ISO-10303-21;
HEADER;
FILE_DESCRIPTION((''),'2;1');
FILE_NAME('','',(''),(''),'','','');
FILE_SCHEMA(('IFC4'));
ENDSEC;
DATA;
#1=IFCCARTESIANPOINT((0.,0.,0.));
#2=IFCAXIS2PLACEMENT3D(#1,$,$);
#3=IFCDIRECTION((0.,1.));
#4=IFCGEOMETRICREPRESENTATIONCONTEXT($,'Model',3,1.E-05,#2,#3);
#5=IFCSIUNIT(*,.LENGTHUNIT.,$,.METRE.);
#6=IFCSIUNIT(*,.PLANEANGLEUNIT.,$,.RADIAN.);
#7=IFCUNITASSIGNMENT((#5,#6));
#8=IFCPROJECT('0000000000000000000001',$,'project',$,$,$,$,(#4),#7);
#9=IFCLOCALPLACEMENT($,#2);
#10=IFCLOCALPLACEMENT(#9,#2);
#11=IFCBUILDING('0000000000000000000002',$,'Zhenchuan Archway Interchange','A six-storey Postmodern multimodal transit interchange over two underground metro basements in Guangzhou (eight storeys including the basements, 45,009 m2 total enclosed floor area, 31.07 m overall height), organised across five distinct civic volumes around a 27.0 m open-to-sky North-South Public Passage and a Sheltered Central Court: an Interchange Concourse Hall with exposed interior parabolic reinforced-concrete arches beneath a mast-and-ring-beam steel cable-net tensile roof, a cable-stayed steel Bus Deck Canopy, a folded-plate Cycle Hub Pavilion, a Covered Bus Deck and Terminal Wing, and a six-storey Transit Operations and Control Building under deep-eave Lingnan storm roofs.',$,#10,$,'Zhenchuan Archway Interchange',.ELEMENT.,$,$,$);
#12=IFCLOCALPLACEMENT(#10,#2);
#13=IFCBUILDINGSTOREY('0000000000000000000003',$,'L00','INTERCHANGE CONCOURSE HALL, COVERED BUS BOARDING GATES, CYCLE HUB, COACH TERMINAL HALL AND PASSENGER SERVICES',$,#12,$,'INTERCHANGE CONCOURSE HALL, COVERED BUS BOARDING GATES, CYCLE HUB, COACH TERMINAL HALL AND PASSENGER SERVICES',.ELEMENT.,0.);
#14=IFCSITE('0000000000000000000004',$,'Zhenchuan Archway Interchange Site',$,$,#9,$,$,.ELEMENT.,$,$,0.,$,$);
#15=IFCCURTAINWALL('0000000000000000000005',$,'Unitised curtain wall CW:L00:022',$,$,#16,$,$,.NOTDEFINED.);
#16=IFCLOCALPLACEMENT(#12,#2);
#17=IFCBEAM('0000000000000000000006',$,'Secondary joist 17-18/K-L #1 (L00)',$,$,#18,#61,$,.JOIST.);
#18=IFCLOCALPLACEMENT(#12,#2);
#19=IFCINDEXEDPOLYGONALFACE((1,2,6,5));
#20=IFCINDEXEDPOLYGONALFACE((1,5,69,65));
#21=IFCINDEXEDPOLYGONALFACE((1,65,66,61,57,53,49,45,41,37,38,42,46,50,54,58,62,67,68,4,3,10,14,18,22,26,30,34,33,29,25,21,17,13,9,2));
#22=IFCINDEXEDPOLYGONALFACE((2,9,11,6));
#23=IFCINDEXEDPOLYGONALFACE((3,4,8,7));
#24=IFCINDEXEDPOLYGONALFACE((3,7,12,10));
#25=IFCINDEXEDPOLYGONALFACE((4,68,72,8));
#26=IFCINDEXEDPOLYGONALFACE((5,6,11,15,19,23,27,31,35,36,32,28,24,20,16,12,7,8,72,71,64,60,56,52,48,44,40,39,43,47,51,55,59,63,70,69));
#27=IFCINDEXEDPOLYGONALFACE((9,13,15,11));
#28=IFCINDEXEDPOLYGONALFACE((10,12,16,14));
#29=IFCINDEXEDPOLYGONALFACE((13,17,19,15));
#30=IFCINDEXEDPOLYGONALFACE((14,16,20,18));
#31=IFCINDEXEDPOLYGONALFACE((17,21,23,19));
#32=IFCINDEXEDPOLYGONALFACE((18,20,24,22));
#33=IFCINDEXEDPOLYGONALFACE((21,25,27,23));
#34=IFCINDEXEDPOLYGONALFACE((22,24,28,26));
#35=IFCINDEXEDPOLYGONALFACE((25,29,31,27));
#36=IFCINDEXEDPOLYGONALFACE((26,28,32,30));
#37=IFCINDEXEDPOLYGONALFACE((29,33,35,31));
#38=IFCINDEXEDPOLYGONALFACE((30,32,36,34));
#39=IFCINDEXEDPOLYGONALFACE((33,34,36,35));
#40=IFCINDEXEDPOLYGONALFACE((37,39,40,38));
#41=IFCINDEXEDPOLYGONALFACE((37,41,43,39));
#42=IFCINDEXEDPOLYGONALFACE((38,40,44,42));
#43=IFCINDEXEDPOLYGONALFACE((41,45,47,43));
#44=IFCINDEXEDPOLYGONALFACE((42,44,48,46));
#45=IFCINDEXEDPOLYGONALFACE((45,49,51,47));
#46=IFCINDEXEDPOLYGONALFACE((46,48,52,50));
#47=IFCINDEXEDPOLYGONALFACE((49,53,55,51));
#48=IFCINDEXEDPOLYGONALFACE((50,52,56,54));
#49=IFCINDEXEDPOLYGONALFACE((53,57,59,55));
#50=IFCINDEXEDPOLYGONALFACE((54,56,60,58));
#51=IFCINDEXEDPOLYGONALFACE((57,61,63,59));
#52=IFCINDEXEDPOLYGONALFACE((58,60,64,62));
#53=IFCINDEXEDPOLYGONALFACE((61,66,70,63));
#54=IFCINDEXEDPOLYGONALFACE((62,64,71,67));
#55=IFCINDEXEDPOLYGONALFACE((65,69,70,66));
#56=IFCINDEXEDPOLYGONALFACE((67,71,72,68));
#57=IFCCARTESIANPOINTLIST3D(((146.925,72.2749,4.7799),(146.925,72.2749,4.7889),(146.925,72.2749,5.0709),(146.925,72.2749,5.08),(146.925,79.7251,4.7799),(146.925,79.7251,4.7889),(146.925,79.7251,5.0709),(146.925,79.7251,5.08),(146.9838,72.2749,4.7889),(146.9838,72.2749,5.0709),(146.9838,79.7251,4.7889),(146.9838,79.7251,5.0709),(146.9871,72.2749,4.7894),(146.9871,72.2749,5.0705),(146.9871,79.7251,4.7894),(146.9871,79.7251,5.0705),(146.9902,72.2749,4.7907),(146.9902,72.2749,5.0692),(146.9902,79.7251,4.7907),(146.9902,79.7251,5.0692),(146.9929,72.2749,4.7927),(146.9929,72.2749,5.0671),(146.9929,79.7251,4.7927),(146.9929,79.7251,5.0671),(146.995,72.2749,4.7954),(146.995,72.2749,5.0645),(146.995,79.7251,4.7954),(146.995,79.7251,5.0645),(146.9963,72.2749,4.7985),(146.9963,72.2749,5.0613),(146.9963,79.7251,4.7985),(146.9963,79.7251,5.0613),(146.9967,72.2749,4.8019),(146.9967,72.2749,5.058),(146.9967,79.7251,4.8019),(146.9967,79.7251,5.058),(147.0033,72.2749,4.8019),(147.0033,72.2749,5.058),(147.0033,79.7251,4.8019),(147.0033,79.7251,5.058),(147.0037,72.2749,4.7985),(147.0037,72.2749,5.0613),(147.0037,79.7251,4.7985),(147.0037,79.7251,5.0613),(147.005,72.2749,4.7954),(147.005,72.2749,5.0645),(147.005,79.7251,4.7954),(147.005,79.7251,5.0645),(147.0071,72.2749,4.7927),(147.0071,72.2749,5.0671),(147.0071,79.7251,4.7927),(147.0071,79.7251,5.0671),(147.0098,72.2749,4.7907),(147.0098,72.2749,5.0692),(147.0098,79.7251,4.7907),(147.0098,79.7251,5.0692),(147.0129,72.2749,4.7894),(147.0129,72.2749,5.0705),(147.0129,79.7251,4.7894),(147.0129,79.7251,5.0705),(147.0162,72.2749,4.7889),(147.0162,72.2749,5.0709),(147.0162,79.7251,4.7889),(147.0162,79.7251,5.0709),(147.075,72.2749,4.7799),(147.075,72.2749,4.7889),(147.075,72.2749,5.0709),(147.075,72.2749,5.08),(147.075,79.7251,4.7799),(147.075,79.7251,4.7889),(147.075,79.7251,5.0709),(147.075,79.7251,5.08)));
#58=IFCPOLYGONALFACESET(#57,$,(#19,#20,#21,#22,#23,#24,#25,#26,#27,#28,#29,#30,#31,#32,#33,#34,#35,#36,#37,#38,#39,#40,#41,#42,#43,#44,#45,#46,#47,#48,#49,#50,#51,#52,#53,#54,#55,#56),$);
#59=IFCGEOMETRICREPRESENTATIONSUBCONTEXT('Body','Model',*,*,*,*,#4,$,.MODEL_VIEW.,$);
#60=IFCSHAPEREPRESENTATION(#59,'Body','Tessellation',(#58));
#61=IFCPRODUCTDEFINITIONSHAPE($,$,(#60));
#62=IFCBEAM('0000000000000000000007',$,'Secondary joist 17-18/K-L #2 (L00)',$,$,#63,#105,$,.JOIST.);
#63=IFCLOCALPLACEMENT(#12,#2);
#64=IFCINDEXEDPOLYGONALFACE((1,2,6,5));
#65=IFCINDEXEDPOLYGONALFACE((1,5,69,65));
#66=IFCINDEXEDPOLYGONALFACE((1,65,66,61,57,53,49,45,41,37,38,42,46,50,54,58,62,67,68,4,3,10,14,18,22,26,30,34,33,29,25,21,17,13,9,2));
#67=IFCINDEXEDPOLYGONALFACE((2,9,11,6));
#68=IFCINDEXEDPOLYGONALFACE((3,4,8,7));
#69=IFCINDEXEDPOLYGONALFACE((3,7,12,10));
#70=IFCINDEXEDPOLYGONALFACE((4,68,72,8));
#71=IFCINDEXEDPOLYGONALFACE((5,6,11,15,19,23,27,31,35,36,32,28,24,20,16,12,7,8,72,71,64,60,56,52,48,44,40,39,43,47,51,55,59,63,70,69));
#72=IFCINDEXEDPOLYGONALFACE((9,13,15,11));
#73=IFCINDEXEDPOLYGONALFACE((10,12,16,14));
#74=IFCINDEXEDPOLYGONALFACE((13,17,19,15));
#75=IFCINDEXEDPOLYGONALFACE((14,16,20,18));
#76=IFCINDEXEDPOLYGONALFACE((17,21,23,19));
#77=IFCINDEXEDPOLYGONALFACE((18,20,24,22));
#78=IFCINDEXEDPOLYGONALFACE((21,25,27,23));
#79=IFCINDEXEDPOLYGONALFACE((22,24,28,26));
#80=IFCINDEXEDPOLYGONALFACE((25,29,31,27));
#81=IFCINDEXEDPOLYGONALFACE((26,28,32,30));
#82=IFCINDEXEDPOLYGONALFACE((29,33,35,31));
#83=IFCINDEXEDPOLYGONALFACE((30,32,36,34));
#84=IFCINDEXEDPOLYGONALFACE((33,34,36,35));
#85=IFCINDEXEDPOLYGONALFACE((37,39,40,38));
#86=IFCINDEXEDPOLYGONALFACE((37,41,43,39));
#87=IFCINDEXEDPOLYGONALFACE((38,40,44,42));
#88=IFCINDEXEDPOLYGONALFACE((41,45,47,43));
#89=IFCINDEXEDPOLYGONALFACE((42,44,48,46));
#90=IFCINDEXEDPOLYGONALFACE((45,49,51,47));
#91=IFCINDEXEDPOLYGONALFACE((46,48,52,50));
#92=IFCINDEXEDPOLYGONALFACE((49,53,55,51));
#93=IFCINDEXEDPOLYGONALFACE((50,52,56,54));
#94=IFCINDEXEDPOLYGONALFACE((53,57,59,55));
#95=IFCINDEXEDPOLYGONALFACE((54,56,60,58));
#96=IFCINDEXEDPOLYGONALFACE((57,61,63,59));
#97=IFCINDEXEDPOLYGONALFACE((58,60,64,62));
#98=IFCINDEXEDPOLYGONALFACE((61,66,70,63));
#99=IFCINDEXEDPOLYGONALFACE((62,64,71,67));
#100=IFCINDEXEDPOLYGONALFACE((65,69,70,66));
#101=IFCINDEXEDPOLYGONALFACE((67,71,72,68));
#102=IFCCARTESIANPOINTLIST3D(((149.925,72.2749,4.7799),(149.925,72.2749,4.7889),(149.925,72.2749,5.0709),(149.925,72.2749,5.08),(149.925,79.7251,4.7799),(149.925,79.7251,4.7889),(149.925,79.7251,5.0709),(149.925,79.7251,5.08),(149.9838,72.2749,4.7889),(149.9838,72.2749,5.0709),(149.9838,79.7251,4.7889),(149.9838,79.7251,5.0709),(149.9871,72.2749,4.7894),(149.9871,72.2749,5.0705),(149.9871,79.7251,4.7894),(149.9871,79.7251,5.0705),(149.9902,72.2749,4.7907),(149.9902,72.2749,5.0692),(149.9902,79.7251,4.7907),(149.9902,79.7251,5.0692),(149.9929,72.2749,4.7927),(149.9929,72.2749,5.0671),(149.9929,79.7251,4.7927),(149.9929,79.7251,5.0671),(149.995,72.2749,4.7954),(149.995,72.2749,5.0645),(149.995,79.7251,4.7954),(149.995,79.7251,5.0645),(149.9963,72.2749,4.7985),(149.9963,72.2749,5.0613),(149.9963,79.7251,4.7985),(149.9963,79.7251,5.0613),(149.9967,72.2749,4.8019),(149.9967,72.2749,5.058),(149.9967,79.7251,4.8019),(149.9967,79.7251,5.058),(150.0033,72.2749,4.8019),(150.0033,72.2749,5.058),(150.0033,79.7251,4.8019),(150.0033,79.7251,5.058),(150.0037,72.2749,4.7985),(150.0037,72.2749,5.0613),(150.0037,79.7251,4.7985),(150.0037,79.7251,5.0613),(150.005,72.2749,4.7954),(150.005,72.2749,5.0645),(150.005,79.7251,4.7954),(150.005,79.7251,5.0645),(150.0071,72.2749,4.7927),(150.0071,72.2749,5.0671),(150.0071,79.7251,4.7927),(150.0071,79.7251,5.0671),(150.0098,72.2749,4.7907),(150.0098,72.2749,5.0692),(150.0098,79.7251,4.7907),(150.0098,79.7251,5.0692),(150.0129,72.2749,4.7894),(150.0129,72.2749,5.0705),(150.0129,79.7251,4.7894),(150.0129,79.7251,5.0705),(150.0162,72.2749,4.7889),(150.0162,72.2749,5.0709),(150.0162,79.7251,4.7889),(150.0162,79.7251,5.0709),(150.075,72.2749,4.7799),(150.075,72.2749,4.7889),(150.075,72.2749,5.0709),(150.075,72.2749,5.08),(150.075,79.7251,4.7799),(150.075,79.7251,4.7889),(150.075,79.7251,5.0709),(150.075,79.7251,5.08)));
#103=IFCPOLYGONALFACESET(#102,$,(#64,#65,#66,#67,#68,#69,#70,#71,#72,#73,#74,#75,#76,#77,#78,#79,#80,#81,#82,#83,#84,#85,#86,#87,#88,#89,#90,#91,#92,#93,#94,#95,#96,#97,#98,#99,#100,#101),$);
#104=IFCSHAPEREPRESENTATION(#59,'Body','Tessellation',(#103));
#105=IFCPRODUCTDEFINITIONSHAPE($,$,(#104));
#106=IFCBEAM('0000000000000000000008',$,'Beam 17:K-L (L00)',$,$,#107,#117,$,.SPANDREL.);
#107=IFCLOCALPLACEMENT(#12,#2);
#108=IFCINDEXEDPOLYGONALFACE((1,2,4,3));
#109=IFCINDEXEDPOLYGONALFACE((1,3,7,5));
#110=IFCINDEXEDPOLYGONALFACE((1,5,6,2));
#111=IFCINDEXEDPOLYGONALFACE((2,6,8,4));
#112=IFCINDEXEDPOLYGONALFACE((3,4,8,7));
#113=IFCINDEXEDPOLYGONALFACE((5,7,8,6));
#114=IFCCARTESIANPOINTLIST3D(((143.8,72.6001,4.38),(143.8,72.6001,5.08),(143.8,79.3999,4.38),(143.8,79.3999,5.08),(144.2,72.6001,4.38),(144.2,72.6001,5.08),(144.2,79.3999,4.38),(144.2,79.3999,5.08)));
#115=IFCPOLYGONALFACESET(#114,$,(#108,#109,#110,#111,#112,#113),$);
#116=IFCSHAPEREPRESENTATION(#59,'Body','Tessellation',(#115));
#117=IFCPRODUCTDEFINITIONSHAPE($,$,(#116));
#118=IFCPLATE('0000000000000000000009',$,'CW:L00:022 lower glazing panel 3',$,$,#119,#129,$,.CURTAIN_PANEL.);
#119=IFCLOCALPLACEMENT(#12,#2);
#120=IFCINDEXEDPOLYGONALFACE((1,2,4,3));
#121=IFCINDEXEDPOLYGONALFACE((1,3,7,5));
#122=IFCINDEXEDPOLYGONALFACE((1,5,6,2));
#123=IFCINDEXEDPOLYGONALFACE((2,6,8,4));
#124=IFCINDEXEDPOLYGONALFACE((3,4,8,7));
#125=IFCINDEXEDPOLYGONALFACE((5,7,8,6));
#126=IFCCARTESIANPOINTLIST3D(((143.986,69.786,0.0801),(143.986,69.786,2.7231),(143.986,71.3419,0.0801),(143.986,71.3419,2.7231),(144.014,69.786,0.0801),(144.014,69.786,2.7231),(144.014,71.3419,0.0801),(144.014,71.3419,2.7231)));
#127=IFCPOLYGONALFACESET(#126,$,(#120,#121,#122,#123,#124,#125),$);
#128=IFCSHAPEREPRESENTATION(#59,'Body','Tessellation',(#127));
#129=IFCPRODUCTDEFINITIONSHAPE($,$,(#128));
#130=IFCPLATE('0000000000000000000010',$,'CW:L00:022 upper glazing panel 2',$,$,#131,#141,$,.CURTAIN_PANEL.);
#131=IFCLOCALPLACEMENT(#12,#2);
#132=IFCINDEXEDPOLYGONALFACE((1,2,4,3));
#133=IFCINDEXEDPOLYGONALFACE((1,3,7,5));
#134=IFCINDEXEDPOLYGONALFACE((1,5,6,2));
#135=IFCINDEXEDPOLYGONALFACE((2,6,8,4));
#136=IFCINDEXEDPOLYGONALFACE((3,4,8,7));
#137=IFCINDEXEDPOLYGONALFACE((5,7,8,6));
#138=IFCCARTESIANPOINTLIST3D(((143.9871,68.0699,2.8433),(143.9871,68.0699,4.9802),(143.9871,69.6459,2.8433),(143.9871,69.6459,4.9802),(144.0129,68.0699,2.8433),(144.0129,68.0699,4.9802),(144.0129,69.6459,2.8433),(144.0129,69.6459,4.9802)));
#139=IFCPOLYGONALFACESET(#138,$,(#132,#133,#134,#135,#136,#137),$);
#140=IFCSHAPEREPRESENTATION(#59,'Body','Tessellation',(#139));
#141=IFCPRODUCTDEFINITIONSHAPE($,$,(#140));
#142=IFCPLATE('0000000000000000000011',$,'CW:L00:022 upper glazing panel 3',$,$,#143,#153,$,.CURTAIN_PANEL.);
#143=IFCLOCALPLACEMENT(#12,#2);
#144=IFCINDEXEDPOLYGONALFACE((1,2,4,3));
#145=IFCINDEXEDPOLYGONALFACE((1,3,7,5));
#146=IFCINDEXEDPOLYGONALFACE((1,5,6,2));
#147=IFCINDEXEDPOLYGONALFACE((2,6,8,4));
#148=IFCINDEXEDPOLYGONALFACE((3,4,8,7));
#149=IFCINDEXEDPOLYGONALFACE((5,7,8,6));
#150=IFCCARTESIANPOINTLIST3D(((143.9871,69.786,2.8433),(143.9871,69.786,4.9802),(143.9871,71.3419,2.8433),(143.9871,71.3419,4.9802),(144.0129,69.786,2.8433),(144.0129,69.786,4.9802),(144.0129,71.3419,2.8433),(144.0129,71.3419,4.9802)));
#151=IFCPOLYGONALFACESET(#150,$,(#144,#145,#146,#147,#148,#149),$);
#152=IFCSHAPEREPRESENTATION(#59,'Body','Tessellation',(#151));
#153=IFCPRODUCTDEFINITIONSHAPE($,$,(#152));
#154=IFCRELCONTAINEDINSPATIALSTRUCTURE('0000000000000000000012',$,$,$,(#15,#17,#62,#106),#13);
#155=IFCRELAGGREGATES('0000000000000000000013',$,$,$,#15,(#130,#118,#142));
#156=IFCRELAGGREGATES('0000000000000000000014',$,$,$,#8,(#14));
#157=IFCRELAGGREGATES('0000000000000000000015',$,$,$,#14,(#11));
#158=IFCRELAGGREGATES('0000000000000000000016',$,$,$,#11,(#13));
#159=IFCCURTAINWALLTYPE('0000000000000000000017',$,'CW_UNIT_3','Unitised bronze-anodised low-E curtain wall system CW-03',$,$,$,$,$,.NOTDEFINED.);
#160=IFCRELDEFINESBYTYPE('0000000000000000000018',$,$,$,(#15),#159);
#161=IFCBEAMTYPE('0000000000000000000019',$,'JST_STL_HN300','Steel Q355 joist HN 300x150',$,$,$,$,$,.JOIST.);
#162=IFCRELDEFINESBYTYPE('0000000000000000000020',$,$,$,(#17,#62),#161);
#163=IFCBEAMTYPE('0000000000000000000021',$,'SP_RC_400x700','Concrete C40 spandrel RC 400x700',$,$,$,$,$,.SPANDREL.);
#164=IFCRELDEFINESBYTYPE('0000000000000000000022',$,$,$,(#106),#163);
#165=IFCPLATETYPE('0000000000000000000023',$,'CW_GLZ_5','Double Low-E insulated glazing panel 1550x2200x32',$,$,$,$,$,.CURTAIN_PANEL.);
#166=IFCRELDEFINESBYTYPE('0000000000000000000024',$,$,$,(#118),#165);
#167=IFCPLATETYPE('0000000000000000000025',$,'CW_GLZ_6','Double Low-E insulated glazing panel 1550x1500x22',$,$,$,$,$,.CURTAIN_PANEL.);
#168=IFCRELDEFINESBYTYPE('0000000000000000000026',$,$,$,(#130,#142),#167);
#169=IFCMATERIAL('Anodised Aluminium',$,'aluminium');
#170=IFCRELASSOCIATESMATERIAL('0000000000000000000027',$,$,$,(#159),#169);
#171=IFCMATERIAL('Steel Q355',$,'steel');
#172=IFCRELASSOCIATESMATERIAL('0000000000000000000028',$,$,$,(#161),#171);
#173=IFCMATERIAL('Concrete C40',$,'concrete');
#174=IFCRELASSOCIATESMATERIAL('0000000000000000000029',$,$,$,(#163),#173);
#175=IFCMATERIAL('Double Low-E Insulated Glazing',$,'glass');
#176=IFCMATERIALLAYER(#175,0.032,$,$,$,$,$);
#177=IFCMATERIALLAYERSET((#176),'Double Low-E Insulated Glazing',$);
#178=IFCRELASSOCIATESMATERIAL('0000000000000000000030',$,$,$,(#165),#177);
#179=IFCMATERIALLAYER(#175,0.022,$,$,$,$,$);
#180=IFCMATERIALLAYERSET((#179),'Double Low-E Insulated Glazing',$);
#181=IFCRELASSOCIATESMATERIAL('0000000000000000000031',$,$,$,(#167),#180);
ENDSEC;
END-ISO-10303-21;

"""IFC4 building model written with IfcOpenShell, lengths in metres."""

from ifc_helpers import new_model, si_unit, direction, frame, origin, origin_2d, place, context, subcontext, project, spatial, rectangle, i_section, extrude, material, layer, layer_set, material_profile, profile_set, type_object, element, aggregate, save


model = new_model("IFC4")

# Units and contexts
model_context = context("Model", 3, precision=1e-05, world=origin(), true_north=direction((0.0, 1.0)))
body_context = subcontext(model_context, "Body", "Model", "MODEL_VIEW")
ifc_project = project(units=[si_unit("LENGTHUNIT", "METRE"), si_unit("PLANEANGLEUNIT", "RADIAN")], contexts=[model_context])

# Site, building, storey
site_placement = place(None, origin())
site = spatial("IfcSite", under=ifc_project, at=site_placement, Name="Zhenchuan Archway Interchange Site", CompositionType="ELEMENT", RefElevation=0.0)
building_placement = place(site_placement, origin())
building = spatial("IfcBuilding", under=site, at=building_placement, Name="Zhenchuan Archway Interchange", Description="A six-storey Postmodern multimodal transit interchange over two underground metro basements in Guangzhou (eight storeys including the basements, 45,009 m2 total enclosed floor area, 31.07 m overall height), organised across five distinct civic volumes around a 27.0 m open-to-sky North-South Public Passage and a Sheltered Central Court: an Interchange Concourse Hall with exposed interior parabolic reinforced-concrete arches beneath a mast-and-ring-beam steel cable-net tensile roof, a cable-stayed steel Bus Deck Canopy, a folded-plate Cycle Hub Pavilion, a Covered Bus Deck and Terminal Wing, and a six-storey Transit Operations and Control Building under deep-eave Lingnan storm roofs.", LongName="Zhenchuan Archway Interchange", CompositionType="ELEMENT")
storey_placement = place(building_placement, origin())
storey = spatial("IfcBuildingStorey", under=building, at=storey_placement, Name="L00", Description="INTERCHANGE CONCOURSE HALL, COVERED BUS BOARDING GATES, CYCLE HUB, COACH TERMINAL HALL AND PASSENGER SERVICES", LongName="INTERCHANGE CONCOURSE HALL, COVERED BUS BOARDING GATES, CYCLE HUB, COACH TERMINAL HALL AND PASSENGER SERVICES", CompositionType="ELEMENT", Elevation=0.0)

# Shared definitions
ifc_material_1 = material(Name="Concrete C40", Category="concrete")

# Curtain wall
ifc_material_2 = material(Name="Anodised Aluminium", Category="aluminium")
curtain_wall_type = type_object("IfcCurtainWallType", Name="CW_UNIT_3", Description="Unitised bronze-anodised low-E curtain wall system CW-03", PredefinedType="NOTDEFINED", material=ifc_material_2)
curtain_wall_placement = place(storey_placement, origin())
curtain_wall = element("IfcCurtainWall", 1, at=curtain_wall_placement, inside=storey, type_object=curtain_wall_type, Name="Unitised curtain wall CW:L00:022", PredefinedType="NOTDEFINED")

# Beams
ifc_material_3 = material(Name="Steel Q355", Category="steel")
ifc_material_profile_1 = material_profile(ifc_material_3, i_section(OverallWidth=0.1499, OverallDepth=0.3, WebThickness=0.0066, FlangeThickness=0.009, FilletRadius=0.0129, at=origin_2d()), Name="HN 300x150")
ifc_profile_set_1 = profile_set([ifc_material_profile_1], Name="Steel Q355")
beam_type_1 = type_object("IfcBeamType", Name="JST_STL_HN300", Description="Steel Q355 joist HN 300x150", PredefinedType="JOIST", material=ifc_profile_set_1)
for number, where, z_axis, x_axis, name in (
    (2, (147.0, 72.2749, 4.9299), (0.0, 1.0, 0.0), (-1.0, 0.0, 0.0), "Secondary joist 17-18/K-L #1 (L00)"),
    (3, (150.0, 72.2749, 4.9299), (0.0, 1.0, 0.0), (-1.0, 0.0, 0.0), "Secondary joist 17-18/K-L #2 (L00)"),
):
    element("IfcBeam", number, at=place(storey_placement, frame(where, z_axis=z_axis, x_axis=x_axis)), inside=storey, type_object=beam_type_1, Name=name, PredefinedType="JOIST", context=body_context, shape_type="SweptSolid", body=[
        extrude(i_section(OverallWidth=0.1499, OverallDepth=0.3, WebThickness=0.0066, FlangeThickness=0.009, FilletRadius=0.0129, at=origin_2d()), origin(), (0.0, 0.0, 1.0), 7.4502),
    ])
ifc_material_profile_2 = material_profile(ifc_material_1, rectangle(XDim=0.3999, YDim=0.7, at=origin_2d()), Name="RC 400x700")
ifc_profile_set_2 = profile_set([ifc_material_profile_2], Name="Concrete C40")
beam_type_2 = type_object("IfcBeamType", Name="SP_RC_400x700", Description="Concrete C40 spandrel RC 400x700", PredefinedType="SPANDREL", material=ifc_profile_set_2)
beam_1_placement = place(storey_placement, frame((144.0, 72.6001, 4.73), z_axis=(0.0, 1.0, 0.0), x_axis=(-1.0, 0.0, 0.0)))
element("IfcBeam", 4, at=beam_1_placement, inside=storey, type_object=beam_type_2, Name="Beam 17:K-L (L00)", PredefinedType="SPANDREL", context=body_context, shape_type="SweptSolid", body=[
    extrude(rectangle(XDim=0.3999, YDim=0.7, at=origin_2d()), origin(), (0.0, 0.0, 1.0), 6.7998),
])

# Plates
ifc_material_4 = material(Name="Double Low-E Insulated Glazing", Category="glass")
ifc_layer_1 = layer(ifc_material_4, 0.032)
ifc_layer_set_1 = layer_set([ifc_layer_1], Name="Double Low-E Insulated Glazing")
plate_type_1 = type_object("IfcPlateType", Name="CW_GLZ_5", Description="Double Low-E insulated glazing panel 1550x2200x32", PredefinedType="CURTAIN_PANEL", material=ifc_layer_set_1)
plate_1_placement = place(storey_placement, frame((144.0, 70.564, 0.0801), z_axis=(0.0, 0.0, 1.0), x_axis=(0.0, 1.0, 0.0)))
plate_1 = element("IfcPlate", 5, at=plate_1_placement, type_object=plate_type_1, Name="CW:L00:022 lower glazing panel 3", PredefinedType="CURTAIN_PANEL", context=body_context, shape_type="SweptSolid", body=[
    extrude(rectangle(XDim=1.5559, YDim=0.0281, at=origin_2d()), origin(), (0.0, 0.0, 1.0), 2.6431),
])
ifc_layer_2 = layer(ifc_material_4, 0.022)
ifc_layer_set_2 = layer_set([ifc_layer_2], Name="Double Low-E Insulated Glazing")
plate_type_2 = type_object("IfcPlateType", Name="CW_GLZ_6", Description="Double Low-E insulated glazing panel 1550x1500x22", PredefinedType="CURTAIN_PANEL", material=ifc_layer_set_2)
plate_2_placement = place(storey_placement, frame((144.0, 68.8579, 2.8433), z_axis=(0.0, 0.0, 1.0), x_axis=(0.0, 1.0, 0.0)))
plate_2 = element("IfcPlate", 6, at=plate_2_placement, type_object=plate_type_2, Name="CW:L00:022 upper glazing panel 2", PredefinedType="CURTAIN_PANEL", context=body_context, shape_type="SweptSolid", body=[
    extrude(rectangle(XDim=1.5759, YDim=0.0259, at=origin_2d()), origin(), (0.0, 0.0, 1.0), 2.137),
])
plate_3_placement = place(storey_placement, frame((144.0, 70.564, 2.8433), z_axis=(0.0, 0.0, 1.0), x_axis=(0.0, 1.0, 0.0)))
plate_3 = element("IfcPlate", 7, at=plate_3_placement, type_object=plate_type_2, Name="CW:L00:022 upper glazing panel 3", PredefinedType="CURTAIN_PANEL", context=body_context, shape_type="SweptSolid", body=[
    extrude(rectangle(XDim=1.5559, YDim=0.0259, at=origin_2d()), origin(), (0.0, 0.0, 1.0), 2.137),
])
aggregate(curtain_wall, [plate_2, plate_1, plate_3])

save(model, "model.ifc")
